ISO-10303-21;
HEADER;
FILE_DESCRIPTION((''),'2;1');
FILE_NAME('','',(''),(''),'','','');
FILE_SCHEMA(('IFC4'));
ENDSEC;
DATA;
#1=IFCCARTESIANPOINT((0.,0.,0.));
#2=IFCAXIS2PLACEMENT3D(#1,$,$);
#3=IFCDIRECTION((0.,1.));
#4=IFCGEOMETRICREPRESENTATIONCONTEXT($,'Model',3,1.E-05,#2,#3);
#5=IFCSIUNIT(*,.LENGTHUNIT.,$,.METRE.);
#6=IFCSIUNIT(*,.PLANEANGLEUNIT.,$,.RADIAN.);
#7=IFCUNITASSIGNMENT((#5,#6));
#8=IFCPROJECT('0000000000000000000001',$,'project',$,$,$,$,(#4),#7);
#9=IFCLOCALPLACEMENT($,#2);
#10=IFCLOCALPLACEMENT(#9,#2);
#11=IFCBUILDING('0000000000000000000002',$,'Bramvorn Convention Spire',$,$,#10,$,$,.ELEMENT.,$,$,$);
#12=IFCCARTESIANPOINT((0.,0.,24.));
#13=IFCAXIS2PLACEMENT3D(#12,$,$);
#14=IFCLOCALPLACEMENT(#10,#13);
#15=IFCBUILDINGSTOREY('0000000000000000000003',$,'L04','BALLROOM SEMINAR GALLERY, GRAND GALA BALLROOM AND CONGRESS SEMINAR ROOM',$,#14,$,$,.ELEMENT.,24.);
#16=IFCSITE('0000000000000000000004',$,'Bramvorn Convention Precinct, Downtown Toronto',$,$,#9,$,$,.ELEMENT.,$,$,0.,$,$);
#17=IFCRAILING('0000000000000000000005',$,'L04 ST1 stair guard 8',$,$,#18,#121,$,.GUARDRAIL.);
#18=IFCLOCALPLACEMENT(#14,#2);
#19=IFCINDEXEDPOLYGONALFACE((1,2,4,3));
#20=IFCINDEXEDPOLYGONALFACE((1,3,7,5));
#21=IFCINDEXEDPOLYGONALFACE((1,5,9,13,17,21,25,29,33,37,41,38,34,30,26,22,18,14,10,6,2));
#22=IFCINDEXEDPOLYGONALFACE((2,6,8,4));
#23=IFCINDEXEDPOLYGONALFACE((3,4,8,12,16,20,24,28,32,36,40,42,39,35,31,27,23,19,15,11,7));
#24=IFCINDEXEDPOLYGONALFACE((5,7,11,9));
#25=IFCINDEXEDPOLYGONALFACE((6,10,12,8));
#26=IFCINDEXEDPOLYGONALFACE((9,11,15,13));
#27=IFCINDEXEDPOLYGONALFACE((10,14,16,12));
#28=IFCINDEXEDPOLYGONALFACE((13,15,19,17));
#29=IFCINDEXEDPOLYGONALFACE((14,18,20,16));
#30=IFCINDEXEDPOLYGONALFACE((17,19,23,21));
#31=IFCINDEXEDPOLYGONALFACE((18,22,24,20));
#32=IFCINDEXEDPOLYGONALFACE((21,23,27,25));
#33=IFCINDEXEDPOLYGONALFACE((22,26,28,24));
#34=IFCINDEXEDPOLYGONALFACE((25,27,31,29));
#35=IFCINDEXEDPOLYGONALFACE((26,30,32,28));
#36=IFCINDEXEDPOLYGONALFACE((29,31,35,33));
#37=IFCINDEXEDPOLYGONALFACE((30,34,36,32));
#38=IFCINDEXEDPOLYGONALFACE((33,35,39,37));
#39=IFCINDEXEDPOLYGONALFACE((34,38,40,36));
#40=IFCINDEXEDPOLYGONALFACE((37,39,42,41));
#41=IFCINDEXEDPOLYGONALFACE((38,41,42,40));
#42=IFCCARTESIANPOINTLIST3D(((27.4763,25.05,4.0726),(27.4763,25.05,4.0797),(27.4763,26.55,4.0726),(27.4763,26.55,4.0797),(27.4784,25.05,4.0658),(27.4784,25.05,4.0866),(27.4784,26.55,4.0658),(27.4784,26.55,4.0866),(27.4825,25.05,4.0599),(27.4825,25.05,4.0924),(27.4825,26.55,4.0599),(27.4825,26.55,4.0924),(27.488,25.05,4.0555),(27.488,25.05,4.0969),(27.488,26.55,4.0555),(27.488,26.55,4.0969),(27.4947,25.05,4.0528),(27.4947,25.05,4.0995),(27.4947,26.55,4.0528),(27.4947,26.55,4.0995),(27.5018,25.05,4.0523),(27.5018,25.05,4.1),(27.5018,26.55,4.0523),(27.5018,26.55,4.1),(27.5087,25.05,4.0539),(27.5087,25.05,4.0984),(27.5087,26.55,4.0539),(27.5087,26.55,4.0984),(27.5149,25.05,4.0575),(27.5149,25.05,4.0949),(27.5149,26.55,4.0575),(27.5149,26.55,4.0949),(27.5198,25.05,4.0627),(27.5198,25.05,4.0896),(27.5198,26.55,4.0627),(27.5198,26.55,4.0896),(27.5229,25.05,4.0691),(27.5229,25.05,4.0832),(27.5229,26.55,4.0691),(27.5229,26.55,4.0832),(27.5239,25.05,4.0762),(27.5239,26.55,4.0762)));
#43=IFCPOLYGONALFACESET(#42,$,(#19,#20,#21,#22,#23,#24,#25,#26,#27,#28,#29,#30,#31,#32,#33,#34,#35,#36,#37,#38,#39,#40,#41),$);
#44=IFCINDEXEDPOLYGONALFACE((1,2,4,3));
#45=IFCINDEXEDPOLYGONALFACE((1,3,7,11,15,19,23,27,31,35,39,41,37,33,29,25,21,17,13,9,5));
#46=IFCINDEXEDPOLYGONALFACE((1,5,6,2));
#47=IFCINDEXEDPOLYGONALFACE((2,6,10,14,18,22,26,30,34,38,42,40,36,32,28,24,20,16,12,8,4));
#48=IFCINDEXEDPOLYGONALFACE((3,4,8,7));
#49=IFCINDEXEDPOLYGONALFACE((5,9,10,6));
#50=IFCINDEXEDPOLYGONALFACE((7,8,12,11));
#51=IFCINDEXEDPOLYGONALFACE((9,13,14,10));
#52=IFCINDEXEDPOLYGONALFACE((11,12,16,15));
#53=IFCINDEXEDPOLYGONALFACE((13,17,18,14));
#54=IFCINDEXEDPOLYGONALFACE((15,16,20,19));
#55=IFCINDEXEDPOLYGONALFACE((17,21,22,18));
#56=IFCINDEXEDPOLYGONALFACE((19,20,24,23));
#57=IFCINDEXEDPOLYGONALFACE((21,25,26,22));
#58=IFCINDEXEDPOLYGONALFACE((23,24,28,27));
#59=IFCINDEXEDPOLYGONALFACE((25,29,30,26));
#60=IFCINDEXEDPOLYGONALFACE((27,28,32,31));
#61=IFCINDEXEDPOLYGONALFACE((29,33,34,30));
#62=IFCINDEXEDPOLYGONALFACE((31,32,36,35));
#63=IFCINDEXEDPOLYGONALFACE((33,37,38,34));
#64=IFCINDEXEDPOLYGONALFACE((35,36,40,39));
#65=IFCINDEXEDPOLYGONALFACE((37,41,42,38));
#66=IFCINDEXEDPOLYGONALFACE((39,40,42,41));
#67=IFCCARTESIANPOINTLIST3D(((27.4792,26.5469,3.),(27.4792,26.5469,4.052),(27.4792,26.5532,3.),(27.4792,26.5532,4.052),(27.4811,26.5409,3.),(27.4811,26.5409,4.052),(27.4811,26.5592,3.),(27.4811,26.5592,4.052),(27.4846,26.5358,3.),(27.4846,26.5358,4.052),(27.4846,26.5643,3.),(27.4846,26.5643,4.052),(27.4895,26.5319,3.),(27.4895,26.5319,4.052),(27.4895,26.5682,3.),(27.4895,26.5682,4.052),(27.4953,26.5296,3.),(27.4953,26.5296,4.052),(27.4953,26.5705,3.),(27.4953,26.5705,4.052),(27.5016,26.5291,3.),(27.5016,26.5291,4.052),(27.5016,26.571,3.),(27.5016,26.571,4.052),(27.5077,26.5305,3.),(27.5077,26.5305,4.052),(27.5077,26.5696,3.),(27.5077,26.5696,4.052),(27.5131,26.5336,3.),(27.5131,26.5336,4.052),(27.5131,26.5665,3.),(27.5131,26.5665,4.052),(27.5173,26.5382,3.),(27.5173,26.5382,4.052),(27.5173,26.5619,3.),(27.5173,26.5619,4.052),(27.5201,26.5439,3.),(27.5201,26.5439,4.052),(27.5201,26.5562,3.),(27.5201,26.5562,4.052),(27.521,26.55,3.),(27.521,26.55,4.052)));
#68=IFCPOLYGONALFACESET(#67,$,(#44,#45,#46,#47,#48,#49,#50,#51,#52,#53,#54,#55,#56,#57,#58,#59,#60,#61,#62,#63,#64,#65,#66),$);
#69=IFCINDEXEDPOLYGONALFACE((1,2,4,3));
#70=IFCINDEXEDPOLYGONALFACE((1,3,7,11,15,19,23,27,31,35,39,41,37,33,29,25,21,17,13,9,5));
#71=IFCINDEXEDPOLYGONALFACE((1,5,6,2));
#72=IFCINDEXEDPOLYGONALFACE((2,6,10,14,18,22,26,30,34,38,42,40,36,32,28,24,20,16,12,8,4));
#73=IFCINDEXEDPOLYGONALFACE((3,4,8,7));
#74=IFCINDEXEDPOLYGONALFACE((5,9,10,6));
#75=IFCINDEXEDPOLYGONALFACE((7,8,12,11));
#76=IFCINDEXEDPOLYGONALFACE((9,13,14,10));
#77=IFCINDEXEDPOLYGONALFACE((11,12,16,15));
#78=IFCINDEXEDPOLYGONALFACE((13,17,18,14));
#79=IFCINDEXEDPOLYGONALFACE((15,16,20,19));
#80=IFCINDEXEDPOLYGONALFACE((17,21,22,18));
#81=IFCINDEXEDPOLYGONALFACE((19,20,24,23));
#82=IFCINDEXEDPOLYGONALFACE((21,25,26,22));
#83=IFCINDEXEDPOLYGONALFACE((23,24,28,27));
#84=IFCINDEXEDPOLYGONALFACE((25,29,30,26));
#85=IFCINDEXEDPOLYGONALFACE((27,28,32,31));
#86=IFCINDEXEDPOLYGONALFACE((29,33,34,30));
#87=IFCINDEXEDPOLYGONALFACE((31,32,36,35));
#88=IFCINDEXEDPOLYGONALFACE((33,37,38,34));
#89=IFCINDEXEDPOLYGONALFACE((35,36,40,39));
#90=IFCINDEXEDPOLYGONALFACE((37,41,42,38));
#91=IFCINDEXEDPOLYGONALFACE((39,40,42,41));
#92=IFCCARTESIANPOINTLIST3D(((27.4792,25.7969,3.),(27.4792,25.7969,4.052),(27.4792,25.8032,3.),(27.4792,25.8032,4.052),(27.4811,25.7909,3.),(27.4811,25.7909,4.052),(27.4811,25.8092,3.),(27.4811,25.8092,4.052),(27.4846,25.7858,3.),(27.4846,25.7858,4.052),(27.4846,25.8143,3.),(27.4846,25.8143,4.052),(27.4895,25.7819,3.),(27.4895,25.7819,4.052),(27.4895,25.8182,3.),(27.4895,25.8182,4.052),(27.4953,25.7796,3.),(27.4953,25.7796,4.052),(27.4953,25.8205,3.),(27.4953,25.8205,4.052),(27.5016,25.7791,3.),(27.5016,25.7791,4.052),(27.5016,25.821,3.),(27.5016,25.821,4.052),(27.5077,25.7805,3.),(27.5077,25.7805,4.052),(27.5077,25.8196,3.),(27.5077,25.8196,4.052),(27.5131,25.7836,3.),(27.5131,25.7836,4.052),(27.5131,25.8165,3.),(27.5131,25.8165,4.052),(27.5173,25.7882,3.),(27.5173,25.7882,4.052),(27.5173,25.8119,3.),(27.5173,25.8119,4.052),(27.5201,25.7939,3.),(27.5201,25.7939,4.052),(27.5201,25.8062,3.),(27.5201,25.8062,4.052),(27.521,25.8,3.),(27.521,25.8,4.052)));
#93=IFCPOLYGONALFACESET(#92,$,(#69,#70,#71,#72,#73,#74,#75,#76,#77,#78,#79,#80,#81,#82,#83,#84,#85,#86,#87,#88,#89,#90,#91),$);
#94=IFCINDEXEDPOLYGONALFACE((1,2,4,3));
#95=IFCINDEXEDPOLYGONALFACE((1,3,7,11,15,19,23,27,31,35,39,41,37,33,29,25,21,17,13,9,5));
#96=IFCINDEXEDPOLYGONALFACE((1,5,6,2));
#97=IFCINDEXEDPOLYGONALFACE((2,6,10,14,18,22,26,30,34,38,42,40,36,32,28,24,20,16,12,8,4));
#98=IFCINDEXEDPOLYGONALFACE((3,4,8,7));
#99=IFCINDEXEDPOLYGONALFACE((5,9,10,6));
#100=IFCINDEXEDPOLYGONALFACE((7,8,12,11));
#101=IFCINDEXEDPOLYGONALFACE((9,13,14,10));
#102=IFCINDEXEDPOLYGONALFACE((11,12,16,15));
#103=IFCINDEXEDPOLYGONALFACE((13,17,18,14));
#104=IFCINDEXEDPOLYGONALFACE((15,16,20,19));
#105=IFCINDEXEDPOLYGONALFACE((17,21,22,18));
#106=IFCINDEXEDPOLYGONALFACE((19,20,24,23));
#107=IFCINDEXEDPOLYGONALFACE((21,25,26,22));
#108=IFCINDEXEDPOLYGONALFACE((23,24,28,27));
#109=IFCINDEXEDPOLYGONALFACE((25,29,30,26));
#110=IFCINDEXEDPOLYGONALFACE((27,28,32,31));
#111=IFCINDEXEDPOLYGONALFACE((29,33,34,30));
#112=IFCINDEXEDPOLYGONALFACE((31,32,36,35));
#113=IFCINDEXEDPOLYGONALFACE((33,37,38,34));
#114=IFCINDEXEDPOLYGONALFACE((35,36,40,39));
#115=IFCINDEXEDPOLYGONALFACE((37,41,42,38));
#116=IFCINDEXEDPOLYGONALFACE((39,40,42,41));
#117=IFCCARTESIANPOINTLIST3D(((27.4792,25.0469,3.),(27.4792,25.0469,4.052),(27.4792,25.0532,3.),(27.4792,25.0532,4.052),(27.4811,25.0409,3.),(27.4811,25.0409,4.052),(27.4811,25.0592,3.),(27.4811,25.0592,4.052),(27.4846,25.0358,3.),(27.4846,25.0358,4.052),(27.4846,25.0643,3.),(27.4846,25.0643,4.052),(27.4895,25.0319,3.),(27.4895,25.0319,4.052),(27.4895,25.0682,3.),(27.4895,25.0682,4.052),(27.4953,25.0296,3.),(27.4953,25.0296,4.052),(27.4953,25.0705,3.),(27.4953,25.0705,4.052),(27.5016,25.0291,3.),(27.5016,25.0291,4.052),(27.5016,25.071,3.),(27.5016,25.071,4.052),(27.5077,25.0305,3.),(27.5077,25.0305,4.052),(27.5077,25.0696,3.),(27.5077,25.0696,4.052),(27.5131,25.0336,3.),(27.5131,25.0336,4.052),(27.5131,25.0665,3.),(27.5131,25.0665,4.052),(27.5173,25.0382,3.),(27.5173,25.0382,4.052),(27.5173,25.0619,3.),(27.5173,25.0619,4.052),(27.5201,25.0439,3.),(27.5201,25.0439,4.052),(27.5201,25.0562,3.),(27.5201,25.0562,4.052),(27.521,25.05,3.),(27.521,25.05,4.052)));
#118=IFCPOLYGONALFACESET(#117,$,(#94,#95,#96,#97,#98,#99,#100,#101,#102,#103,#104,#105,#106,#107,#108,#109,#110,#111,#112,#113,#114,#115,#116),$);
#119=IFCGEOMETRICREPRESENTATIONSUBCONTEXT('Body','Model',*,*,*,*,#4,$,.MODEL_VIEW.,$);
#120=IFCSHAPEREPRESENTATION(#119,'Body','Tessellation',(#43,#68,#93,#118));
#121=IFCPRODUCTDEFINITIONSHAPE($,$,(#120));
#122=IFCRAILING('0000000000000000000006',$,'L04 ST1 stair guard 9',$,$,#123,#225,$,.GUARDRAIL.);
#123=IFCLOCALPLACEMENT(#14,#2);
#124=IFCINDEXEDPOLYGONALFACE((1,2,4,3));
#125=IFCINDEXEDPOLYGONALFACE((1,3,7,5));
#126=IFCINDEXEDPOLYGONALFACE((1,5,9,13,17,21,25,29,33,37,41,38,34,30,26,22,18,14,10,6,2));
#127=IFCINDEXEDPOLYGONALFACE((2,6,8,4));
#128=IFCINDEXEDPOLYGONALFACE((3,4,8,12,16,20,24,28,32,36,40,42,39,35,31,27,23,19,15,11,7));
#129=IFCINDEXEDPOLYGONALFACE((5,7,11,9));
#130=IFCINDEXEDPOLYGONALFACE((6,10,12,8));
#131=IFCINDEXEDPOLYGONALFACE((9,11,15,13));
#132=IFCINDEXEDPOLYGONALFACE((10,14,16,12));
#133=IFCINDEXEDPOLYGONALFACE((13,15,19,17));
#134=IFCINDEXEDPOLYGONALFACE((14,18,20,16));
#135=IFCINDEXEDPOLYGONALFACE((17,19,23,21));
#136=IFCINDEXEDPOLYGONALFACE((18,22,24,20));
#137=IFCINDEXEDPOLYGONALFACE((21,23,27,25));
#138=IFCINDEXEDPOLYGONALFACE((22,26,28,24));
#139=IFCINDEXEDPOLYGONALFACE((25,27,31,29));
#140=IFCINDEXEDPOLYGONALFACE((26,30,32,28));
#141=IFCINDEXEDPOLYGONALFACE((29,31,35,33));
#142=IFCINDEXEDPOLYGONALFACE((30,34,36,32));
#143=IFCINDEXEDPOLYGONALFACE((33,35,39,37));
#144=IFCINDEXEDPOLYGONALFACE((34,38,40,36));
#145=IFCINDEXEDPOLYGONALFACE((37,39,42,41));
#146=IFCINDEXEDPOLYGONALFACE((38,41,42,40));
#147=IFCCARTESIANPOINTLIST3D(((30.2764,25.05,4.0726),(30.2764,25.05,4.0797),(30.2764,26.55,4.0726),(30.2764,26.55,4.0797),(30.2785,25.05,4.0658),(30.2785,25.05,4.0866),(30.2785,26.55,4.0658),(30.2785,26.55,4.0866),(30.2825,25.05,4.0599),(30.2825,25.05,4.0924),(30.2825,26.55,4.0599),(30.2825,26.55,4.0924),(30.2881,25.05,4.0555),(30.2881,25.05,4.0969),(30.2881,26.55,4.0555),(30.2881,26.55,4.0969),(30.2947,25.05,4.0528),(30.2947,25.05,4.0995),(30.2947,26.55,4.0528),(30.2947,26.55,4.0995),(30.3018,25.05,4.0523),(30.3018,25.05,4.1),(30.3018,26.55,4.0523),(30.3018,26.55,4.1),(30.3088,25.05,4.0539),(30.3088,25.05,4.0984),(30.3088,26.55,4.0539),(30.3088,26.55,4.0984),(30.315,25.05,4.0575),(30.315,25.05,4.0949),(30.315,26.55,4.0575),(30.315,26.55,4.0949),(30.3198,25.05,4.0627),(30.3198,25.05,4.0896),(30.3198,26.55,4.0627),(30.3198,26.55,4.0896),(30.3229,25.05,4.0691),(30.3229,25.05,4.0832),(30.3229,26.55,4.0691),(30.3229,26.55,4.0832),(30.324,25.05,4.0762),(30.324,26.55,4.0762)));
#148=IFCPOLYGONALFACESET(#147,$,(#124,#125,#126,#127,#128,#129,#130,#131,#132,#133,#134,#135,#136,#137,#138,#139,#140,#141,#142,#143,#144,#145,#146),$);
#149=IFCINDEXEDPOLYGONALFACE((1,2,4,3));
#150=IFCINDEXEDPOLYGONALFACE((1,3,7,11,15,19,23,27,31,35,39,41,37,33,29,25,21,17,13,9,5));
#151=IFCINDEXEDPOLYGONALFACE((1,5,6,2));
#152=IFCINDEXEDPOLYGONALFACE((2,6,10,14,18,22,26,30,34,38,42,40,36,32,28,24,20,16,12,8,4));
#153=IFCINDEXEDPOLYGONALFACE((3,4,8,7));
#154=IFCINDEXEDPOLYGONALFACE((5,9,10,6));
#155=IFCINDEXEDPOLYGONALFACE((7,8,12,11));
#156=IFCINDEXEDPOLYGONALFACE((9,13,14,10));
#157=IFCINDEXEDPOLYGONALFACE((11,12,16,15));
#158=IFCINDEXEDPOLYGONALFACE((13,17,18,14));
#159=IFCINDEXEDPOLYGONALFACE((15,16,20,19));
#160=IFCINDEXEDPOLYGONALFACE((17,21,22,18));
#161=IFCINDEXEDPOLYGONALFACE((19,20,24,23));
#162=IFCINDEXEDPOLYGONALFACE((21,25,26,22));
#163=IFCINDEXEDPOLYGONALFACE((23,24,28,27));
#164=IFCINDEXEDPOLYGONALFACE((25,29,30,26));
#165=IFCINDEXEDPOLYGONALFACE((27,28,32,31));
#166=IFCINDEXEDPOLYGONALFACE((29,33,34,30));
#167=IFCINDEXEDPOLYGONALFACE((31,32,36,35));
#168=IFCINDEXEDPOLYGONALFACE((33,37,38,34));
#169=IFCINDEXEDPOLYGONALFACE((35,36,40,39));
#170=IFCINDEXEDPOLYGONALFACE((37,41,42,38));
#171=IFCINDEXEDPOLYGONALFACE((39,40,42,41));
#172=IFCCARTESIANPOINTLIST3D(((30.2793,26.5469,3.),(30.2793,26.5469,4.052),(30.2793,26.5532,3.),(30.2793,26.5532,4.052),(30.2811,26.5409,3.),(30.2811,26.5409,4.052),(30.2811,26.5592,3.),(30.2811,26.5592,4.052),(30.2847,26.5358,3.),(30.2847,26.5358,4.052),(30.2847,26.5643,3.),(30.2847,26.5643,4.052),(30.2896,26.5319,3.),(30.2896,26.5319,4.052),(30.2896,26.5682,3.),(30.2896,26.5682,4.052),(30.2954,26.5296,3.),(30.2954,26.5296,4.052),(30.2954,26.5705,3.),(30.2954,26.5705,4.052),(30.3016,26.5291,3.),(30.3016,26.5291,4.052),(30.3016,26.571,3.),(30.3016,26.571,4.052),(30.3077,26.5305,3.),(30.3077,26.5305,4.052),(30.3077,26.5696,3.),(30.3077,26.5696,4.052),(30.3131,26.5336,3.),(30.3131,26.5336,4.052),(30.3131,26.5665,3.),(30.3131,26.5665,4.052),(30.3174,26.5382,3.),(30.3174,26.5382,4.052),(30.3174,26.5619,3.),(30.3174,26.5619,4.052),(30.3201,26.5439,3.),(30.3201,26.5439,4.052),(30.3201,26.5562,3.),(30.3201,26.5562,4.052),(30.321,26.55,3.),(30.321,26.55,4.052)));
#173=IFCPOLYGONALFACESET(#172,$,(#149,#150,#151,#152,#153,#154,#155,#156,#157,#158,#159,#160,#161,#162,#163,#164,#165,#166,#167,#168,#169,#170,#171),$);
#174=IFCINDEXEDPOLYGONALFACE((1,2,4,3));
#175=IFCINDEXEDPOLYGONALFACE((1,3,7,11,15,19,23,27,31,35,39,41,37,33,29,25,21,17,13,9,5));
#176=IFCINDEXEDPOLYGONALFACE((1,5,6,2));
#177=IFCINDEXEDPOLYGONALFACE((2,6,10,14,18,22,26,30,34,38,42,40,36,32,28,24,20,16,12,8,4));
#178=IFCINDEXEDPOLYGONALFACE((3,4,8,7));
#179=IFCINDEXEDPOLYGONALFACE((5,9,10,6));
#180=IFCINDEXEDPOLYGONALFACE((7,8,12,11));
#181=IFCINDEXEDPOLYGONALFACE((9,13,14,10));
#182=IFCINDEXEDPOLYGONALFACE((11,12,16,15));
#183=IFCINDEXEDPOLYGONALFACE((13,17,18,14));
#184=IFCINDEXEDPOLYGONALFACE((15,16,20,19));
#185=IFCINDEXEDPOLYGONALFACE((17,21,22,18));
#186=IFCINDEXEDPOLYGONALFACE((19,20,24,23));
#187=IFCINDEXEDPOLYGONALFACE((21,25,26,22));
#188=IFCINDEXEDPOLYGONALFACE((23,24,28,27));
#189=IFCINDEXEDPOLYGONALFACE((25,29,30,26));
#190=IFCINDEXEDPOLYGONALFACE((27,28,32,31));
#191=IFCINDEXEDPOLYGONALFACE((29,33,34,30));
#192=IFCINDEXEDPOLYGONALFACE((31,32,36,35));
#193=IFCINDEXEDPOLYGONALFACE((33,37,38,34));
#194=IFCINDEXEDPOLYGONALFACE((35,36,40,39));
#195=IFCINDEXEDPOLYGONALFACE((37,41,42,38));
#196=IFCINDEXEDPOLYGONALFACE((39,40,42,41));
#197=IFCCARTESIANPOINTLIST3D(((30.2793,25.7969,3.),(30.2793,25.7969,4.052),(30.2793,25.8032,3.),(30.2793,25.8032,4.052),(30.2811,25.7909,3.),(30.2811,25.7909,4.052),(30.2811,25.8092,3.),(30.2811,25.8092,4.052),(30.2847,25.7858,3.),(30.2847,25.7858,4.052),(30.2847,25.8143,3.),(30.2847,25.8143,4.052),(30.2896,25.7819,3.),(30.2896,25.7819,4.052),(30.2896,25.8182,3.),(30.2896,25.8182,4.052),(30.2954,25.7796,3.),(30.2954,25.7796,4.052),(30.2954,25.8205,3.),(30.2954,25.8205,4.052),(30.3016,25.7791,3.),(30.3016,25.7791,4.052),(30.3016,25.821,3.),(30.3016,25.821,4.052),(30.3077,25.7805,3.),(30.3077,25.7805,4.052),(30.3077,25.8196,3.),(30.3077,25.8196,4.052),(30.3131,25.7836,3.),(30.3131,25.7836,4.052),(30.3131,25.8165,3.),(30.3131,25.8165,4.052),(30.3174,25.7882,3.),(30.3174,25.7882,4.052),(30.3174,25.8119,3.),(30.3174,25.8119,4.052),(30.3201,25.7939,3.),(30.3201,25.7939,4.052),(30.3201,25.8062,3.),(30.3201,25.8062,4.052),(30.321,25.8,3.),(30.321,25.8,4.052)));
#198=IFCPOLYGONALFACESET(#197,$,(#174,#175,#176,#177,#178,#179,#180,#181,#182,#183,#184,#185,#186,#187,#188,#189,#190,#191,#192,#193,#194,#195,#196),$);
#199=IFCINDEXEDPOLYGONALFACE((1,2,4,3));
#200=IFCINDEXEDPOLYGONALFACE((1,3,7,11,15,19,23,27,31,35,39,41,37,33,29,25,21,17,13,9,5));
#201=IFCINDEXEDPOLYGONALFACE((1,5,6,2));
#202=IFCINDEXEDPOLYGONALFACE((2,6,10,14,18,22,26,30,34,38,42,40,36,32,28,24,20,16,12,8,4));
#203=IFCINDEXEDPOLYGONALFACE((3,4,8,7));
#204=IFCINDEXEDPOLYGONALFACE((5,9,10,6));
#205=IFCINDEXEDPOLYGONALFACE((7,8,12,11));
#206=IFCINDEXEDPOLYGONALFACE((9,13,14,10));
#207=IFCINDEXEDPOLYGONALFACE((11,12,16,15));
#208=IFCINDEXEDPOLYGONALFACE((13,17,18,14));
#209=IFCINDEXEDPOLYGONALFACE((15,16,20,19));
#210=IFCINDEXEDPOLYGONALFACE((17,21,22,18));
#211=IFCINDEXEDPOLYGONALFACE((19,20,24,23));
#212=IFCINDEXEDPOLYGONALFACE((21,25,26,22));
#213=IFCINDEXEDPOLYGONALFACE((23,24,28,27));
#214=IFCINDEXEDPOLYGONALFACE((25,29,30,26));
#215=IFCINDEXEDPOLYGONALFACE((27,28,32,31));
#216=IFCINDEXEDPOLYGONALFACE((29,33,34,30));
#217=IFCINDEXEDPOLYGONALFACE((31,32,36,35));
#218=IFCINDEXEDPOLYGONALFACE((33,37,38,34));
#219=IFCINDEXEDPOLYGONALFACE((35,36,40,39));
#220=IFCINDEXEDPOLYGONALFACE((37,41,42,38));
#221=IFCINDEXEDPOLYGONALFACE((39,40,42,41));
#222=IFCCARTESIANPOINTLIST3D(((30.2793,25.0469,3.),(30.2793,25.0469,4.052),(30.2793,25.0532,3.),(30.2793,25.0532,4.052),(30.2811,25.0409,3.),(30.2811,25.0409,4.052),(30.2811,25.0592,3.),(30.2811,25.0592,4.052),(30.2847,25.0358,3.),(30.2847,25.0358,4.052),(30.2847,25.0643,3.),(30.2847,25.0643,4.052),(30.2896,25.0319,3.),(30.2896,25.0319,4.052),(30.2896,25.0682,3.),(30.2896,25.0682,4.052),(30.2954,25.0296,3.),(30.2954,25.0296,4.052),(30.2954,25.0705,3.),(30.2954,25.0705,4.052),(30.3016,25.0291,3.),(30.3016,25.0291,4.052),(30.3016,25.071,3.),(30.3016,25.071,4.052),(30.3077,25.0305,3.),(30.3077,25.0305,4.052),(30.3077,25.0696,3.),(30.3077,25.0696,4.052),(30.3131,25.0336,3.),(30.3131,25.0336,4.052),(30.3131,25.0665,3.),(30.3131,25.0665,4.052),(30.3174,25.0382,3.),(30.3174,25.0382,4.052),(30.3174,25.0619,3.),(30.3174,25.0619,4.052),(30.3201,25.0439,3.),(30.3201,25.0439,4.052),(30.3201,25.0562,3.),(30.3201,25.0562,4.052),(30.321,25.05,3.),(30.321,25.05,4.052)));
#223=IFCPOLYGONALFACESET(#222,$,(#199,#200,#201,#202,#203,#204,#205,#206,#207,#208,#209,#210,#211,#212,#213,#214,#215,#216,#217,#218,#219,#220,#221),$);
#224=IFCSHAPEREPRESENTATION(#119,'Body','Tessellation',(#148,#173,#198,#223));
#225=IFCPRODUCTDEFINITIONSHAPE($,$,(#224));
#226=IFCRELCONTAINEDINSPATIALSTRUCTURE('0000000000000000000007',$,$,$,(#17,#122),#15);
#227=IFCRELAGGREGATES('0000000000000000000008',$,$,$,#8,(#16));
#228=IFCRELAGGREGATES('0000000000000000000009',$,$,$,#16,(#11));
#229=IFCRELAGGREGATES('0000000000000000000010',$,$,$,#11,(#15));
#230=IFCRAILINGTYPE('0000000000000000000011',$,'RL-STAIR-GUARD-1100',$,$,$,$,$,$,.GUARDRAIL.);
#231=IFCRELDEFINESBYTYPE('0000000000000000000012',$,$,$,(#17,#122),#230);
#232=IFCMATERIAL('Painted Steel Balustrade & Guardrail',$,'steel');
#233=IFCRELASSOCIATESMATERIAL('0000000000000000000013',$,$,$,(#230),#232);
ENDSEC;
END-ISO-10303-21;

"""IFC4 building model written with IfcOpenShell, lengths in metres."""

from ifc_helpers import new_model, si_unit, direction, frame, origin, origin_2d, place, context, subcontext, project, spatial, circle, extrude, material, type_object, element, save


model = new_model("IFC4")

# Units and contexts
model_context = context("Model", 3, precision=1e-05, world=origin(), true_north=direction((0.0, 1.0)))
body_context = subcontext(model_context, "Body", "Model", "MODEL_VIEW")
ifc_project = project(units=[si_unit("LENGTHUNIT", "METRE"), si_unit("PLANEANGLEUNIT", "RADIAN")], contexts=[model_context])

# Site, building, storey
site_placement = place(None, origin())
site = spatial("IfcSite", under=ifc_project, at=site_placement, Name="Bramvorn Convention Precinct, Downtown Toronto", CompositionType="ELEMENT", RefElevation=0.0)
building_placement = place(site_placement, origin())
building = spatial("IfcBuilding", under=site, at=building_placement, Name="Bramvorn Convention Spire", CompositionType="ELEMENT")
storey_placement = place(building_placement, frame((0.0, 0.0, 24.0)))
storey = spatial("IfcBuildingStorey", under=building, at=storey_placement, Name="L04", Description="BALLROOM SEMINAR GALLERY, GRAND GALA BALLROOM AND CONGRESS SEMINAR ROOM", CompositionType="ELEMENT", Elevation=24.0)

# Railings
ifc_material_1 = material(Name="Painted Steel Balustrade & Guardrail", Category="steel")
railing_type = type_object("IfcRailingType", Name="RL-STAIR-GUARD-1100", PredefinedType="GUARDRAIL", material=ifc_material_1)
for number, where, name in (
    (1, (27.5, 26.55, 3.0), "L04 ST1 stair guard 8"),
    (2, (30.3, 26.55, 3.0), "L04 ST1 stair guard 9"),
):
    element("IfcRailing", number, at=place(storey_placement, frame(where)), inside=storey, type_object=railing_type, Name=name, PredefinedType="GUARDRAIL", context=body_context, shape_type="SweptSolid", body=[
        extrude(circle(Radius=0.0239, at=origin_2d()), frame((0.0, 0.0, 1.0762), z_axis=(0.0, -1.0, 0.0), x_axis=(1.0, 0.0, 0.0)), (0.0, 0.0, 1.0), 1.5),
        extrude(circle(Radius=0.021, at=origin_2d()), origin(), (0.0, 0.0, 1.0), 1.052),
        extrude(circle(Radius=0.021, at=origin_2d()), frame((0.0, -0.75, 0.0)), (0.0, 0.0, 1.0), 1.052),
        extrude(circle(Radius=0.021, at=origin_2d()), frame((0.0, -1.5, 0.0)), (0.0, 0.0, 1.0), 1.052),
    ])

save(model, "model.ifc")
